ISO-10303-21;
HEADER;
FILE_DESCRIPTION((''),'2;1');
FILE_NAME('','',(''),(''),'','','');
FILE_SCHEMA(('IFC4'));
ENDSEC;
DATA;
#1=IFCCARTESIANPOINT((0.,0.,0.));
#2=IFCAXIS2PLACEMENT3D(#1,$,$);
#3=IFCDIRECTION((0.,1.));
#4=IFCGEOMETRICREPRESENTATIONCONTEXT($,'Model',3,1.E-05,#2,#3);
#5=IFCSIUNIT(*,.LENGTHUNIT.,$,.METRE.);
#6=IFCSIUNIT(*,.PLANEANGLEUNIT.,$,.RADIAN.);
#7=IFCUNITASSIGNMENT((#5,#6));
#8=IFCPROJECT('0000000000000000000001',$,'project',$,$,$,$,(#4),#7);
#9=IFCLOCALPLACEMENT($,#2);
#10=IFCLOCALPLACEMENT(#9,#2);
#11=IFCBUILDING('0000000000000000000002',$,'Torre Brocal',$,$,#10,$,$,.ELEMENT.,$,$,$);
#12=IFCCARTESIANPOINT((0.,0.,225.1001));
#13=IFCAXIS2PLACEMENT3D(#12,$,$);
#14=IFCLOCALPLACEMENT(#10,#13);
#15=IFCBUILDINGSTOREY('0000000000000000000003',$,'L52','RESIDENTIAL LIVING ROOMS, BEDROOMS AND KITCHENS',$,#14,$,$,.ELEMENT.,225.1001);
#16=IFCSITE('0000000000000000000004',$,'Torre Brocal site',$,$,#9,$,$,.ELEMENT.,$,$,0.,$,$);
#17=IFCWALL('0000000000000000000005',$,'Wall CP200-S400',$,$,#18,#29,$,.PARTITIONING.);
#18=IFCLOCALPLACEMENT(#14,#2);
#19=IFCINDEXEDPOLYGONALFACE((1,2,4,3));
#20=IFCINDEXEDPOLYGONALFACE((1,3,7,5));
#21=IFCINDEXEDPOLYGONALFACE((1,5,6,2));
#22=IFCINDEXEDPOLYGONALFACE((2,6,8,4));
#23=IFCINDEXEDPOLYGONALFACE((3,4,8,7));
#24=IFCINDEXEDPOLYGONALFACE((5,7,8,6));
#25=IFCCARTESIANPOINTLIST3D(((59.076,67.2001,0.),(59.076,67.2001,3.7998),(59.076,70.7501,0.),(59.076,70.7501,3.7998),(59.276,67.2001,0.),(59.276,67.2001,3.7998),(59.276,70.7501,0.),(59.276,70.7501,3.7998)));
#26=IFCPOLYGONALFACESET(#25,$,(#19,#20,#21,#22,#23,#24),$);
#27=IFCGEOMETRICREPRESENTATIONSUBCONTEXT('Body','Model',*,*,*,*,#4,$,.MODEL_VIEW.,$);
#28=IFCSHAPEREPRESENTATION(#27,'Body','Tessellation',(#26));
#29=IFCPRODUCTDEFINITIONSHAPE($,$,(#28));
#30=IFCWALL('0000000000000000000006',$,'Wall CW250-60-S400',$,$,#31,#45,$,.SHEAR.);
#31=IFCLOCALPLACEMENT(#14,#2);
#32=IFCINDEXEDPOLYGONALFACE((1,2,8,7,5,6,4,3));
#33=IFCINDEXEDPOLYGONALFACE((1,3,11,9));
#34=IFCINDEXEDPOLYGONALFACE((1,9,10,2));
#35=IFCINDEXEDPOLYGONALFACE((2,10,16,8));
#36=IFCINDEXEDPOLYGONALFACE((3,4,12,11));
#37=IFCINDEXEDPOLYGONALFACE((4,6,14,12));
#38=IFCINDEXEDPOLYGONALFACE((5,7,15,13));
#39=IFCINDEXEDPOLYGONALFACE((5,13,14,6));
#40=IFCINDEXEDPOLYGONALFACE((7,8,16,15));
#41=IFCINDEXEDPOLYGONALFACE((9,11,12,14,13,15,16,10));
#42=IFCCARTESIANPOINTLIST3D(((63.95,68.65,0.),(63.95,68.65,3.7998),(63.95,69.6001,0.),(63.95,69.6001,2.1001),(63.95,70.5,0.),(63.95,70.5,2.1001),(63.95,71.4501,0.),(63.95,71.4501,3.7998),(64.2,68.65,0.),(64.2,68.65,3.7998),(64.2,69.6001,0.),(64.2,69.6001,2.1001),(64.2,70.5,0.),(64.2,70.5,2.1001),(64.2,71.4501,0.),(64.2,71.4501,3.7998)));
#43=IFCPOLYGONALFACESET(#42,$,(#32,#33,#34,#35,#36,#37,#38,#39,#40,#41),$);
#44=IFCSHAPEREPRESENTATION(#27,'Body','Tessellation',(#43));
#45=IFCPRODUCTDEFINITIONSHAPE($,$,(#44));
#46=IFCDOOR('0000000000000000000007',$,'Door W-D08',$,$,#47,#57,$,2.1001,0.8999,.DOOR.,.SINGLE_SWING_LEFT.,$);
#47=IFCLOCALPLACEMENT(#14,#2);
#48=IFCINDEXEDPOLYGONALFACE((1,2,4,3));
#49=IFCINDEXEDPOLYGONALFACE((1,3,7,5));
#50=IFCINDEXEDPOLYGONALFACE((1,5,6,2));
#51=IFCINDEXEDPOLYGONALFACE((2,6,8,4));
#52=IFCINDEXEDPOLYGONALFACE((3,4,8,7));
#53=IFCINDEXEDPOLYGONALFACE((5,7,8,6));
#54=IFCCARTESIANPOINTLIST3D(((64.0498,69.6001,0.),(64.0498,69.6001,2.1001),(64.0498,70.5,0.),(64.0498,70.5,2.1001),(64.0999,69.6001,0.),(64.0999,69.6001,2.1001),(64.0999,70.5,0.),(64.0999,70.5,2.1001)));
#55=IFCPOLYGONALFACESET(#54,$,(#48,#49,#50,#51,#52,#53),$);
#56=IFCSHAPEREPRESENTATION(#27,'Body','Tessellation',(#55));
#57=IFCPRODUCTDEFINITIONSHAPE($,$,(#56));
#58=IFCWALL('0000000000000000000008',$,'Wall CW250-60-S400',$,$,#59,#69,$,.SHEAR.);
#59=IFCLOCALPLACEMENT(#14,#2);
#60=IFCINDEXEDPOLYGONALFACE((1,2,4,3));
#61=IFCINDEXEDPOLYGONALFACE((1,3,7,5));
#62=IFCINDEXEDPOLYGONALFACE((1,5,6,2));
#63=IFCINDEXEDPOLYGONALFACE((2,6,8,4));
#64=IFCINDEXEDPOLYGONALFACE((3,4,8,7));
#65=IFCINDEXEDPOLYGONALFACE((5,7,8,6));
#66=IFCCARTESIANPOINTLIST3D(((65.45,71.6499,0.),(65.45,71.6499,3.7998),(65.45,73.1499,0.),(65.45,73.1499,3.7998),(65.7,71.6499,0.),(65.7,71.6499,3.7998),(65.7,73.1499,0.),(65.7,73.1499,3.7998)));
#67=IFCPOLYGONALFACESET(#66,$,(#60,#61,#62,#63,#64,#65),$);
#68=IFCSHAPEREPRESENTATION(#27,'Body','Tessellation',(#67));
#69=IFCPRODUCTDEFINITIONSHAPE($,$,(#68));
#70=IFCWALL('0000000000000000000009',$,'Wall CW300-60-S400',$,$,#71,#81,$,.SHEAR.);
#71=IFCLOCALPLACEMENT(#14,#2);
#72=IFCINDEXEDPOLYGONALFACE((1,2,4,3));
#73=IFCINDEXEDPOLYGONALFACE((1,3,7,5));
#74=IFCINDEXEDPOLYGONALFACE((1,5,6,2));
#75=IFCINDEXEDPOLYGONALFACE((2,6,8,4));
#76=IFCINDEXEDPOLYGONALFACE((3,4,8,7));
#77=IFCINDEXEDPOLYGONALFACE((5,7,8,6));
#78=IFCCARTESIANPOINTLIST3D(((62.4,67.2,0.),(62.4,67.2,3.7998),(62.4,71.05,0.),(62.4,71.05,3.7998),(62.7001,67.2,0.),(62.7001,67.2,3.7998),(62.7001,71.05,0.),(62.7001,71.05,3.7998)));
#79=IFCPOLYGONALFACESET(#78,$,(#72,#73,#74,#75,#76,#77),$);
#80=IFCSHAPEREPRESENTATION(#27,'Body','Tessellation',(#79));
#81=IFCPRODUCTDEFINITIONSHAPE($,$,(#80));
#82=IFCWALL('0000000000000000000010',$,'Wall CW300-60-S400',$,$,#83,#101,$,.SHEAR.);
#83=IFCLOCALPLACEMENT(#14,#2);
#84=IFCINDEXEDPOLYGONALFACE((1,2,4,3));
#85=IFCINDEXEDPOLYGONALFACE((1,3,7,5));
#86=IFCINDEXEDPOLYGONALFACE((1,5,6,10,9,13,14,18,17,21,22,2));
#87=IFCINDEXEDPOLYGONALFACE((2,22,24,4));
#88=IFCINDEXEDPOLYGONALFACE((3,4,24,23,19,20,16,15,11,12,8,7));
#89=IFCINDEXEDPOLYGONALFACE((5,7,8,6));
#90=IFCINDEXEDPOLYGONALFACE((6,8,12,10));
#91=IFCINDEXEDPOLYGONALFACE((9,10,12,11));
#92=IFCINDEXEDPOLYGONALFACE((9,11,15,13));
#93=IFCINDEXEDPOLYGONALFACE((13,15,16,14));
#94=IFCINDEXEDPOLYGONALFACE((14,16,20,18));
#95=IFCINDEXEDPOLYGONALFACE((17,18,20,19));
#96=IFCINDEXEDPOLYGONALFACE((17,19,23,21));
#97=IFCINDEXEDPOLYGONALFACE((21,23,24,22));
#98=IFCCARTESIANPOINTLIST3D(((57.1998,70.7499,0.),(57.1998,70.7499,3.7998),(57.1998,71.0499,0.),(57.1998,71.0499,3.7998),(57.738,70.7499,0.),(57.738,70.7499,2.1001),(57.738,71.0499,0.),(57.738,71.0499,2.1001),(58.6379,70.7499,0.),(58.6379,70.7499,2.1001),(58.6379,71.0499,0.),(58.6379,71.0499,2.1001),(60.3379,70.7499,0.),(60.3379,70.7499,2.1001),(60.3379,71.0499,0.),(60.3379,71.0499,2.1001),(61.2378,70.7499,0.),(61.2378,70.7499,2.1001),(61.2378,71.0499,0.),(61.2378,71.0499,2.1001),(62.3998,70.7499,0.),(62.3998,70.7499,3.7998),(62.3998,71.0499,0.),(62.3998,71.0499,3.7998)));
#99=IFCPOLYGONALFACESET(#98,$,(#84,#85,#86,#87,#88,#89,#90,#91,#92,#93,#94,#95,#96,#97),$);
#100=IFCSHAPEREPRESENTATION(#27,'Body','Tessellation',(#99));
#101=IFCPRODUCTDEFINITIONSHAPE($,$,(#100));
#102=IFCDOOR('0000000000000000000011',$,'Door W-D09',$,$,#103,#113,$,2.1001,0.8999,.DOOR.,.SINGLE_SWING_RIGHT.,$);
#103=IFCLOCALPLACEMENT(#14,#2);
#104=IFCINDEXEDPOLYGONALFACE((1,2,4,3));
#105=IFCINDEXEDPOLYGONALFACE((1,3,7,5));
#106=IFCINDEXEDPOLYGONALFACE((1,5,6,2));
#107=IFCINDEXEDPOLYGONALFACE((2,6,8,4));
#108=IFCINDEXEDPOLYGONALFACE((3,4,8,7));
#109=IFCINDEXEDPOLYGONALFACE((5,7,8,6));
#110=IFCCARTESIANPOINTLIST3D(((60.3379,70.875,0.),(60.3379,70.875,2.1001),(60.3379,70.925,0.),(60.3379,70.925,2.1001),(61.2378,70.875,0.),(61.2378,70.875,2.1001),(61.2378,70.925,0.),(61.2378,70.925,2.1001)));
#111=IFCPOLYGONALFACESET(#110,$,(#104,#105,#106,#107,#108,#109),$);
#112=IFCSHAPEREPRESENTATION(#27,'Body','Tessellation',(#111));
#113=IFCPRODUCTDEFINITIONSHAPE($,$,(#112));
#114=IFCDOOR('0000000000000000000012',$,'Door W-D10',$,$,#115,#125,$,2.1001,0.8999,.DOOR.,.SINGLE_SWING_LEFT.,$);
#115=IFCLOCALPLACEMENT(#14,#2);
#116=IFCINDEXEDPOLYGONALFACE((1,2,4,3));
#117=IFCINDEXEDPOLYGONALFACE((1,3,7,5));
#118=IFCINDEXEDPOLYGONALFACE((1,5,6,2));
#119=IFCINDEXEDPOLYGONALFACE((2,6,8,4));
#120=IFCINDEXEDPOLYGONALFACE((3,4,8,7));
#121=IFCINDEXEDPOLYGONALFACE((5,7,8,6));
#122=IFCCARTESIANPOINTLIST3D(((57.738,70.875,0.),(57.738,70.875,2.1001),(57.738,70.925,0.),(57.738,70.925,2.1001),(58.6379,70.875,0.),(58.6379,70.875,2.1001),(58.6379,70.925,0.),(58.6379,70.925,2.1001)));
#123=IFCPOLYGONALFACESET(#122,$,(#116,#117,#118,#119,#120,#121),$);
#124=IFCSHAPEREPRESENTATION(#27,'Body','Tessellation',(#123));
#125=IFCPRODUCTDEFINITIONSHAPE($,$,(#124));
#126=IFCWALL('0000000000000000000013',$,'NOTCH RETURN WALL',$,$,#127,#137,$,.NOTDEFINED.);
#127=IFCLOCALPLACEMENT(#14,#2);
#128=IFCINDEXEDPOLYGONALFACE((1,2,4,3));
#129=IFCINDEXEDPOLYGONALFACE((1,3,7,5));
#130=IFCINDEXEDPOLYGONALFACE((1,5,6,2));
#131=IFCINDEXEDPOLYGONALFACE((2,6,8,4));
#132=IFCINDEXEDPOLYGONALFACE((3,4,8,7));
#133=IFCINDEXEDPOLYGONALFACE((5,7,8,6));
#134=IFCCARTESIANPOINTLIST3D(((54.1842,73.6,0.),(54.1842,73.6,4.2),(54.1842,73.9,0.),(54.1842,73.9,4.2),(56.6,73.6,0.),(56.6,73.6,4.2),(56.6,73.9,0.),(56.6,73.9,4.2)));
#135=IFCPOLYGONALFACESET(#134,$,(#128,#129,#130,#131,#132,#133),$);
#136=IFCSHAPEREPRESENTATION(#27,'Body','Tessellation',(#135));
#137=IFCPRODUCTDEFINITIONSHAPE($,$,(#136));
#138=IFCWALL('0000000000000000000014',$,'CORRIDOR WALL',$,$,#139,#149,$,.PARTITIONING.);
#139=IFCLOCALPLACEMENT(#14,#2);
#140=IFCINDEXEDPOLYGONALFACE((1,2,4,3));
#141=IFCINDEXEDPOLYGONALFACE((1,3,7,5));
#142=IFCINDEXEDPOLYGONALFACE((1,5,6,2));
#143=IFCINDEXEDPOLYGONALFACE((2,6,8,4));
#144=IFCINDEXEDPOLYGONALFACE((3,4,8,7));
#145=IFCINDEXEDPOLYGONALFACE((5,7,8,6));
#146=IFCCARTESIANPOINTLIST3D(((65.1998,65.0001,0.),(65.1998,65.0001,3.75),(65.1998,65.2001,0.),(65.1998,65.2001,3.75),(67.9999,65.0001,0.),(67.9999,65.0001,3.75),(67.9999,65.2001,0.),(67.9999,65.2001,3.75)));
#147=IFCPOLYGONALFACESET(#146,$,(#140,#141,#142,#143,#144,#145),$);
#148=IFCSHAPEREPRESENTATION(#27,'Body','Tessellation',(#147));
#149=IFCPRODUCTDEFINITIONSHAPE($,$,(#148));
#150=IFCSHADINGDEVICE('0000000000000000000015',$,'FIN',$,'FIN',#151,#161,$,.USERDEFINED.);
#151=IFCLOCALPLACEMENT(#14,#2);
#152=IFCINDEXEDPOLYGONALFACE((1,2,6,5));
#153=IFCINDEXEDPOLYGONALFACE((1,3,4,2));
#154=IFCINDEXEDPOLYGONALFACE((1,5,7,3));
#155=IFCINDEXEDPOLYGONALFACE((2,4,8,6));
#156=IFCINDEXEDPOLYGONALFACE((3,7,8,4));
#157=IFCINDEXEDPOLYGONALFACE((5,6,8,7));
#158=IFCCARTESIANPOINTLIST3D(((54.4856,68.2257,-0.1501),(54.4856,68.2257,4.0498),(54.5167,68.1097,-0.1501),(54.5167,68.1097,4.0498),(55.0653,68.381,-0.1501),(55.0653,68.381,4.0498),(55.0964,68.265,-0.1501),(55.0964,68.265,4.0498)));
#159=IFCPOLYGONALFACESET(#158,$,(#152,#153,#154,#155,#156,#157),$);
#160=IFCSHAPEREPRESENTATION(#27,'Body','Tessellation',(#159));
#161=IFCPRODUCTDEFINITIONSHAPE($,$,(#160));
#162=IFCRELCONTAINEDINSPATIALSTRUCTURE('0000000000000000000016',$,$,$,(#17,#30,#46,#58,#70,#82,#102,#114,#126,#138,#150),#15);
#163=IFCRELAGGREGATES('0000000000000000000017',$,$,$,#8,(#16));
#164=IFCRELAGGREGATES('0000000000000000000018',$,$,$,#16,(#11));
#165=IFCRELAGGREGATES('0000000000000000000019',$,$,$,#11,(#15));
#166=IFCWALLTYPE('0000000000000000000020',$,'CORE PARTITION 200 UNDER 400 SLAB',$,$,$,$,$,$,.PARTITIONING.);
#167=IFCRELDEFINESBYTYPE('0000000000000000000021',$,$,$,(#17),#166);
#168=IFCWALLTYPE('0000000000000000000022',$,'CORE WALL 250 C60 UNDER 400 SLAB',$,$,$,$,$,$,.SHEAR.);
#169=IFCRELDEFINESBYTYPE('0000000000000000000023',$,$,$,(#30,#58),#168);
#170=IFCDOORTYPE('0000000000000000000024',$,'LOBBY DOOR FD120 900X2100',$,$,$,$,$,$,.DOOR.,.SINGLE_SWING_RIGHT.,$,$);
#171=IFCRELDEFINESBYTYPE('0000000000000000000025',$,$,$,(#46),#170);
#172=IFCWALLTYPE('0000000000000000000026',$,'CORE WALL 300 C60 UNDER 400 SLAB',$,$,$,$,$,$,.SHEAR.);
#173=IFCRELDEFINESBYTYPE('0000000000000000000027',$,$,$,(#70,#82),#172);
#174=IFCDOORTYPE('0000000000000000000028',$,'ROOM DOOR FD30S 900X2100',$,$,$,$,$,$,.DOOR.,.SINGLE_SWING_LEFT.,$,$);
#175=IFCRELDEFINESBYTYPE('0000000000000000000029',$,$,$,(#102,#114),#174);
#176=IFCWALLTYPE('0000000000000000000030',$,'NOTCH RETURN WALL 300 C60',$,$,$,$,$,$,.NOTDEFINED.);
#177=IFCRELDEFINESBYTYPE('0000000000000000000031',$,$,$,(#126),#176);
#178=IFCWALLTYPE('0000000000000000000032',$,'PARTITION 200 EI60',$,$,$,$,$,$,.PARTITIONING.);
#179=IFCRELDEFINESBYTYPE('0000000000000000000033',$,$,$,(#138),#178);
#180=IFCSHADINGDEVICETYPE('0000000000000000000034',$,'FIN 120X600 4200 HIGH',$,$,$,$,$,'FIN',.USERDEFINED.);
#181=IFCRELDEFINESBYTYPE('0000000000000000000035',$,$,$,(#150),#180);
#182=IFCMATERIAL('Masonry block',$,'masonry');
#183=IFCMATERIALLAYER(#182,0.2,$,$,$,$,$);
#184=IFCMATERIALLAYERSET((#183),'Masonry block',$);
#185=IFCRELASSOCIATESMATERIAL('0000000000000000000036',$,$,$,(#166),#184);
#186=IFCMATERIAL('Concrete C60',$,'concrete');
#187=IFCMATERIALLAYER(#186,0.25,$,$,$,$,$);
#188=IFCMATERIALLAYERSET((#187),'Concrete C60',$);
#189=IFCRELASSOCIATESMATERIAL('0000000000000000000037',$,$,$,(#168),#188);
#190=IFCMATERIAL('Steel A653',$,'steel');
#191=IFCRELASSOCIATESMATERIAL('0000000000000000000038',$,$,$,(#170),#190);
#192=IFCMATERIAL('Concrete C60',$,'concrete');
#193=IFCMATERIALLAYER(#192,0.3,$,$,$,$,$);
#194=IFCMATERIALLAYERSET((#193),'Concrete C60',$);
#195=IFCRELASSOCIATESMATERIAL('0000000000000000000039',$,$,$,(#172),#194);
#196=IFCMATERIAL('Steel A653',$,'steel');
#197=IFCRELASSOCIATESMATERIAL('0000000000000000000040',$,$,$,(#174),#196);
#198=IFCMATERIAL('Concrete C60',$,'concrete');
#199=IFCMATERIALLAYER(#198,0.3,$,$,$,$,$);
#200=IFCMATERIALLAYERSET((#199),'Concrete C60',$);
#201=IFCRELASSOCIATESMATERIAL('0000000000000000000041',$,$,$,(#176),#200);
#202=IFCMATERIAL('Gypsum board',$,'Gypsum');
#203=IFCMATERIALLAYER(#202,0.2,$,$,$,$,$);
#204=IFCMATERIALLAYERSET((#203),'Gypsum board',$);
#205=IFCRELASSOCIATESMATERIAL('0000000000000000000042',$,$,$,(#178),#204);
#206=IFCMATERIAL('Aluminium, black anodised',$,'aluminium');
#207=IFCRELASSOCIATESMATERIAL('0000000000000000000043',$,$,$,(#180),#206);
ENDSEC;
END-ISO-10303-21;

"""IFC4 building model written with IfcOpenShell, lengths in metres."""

from ifc_helpers import new_model, si_unit, direction, frame, frame_2d, origin, origin_2d, place, context, subcontext, project, spatial, rectangle, extrude, material, layer, layer_set, material_profile, profile_set, type_object, element, fill, save


model = new_model("IFC4")

# Units and contexts
model_context = context("Model", 3, precision=1e-05, world=origin(), true_north=direction((0.0, 1.0)))
body_context = subcontext(model_context, "Body", "Model", "MODEL_VIEW")
ifc_project = project(units=[si_unit("LENGTHUNIT", "METRE"), si_unit("PLANEANGLEUNIT", "RADIAN")], contexts=[model_context])

# Site, building, storey
site_placement = place(None, origin())
site = spatial("IfcSite", under=ifc_project, at=site_placement, Name="Torre Brocal site", CompositionType="ELEMENT", RefElevation=0.0)
building_placement = place(site_placement, origin())
building = spatial("IfcBuilding", under=site, at=building_placement, Name="Torre Brocal", CompositionType="ELEMENT")
storey_placement = place(building_placement, frame((0.0, 0.0, 225.1001)))
storey = spatial("IfcBuildingStorey", under=building, at=storey_placement, Name="L52", Description="RESIDENTIAL LIVING ROOMS, BEDROOMS AND KITCHENS", CompositionType="ELEMENT", Elevation=225.1001)

# Wall
ifc_material_1 = material(Name="Masonry block", Category="masonry")
ifc_layer_1 = layer(ifc_material_1, 0.2)
ifc_layer_set_1 = layer_set([ifc_layer_1], Name="Masonry block")
wall_type_1 = type_object("IfcWallType", Name="CORE PARTITION 200 UNDER 400 SLAB", PredefinedType="PARTITIONING", material=ifc_layer_set_1)
wall_1_placement = place(storey_placement, frame((59.176, 70.75, 0.0), z_axis=(0.0, 0.0, 1.0), x_axis=(0.0, -1.0, 0.0)))
element("IfcWall", 1, at=wall_1_placement, inside=storey, type_object=wall_type_1, Name="Wall CP200-S400", PredefinedType="PARTITIONING", context=body_context, shape_type="SweptSolid", body=[
    extrude(rectangle(XDim=3.55, YDim=0.2, at=frame_2d((1.7749, 0.0))), origin(), (0.0, 0.0, 1.0), 3.7998),
])

# Wall, opening, door
ifc_material_2 = material(Name="Concrete C60", Category="concrete")
ifc_layer_2 = layer(ifc_material_2, 0.25)
ifc_layer_set_2 = layer_set([ifc_layer_2], Name="Concrete C60")
wall_type_2 = type_object("IfcWallType", Name="CORE WALL 250 C60 UNDER 400 SLAB", PredefinedType="SHEAR", material=ifc_layer_set_2)
wall_2_placement = place(storey_placement, frame((64.075, 71.45, 0.0), z_axis=(0.0, 0.0, 1.0), x_axis=(0.0, -1.0, 0.0)))
wall_2 = element("IfcWall", 2, at=wall_2_placement, inside=storey, type_object=wall_type_2, Name="Wall CW250-60-S400", PredefinedType="SHEAR", context=body_context, shape_type="SweptSolid", body=[
    extrude(rectangle(XDim=2.8, YDim=0.25, at=frame_2d((1.3999, 0.0))), origin(), (0.0, 0.0, 1.0), 3.7998),
])
opening_1_placement = place(wall_2_placement, frame((0.95, 0.0, 0.0)))
opening_1 = element("IfcOpeningElement", 3, at=opening_1_placement, cuts=wall_2, PredefinedType="OPENING", context=body_context, shape_type="SweptSolid", body=[
    extrude(rectangle(XDim=0.8999, YDim=2.1001, at=frame_2d((0.45, 1.05))), frame((0.0, 0.135, 0.0), z_axis=(0.0, -1.0, 0.0), x_axis=(1.0, 0.0, 0.0)), (0.0, 0.0, 1.0), 0.27),
])
ifc_material_3 = material(Name="Steel A653", Category="steel")
door_type_1 = type_object("IfcDoorType", Name="LOBBY DOOR FD120 900X2100", OperationType="SINGLE_SWING_RIGHT", PredefinedType="DOOR", material=ifc_material_3)
door_1_placement = place(opening_1_placement, origin())
door_1 = element("IfcDoor", 4, at=door_1_placement, inside=storey, type_object=door_type_1, Name="Door W-D08", OperationType="SINGLE_SWING_LEFT", OverallHeight=2.1001, OverallWidth=0.8999, PredefinedType="DOOR", context=body_context, shape_type="SweptSolid", body=[
    extrude(rectangle(XDim=0.8999, YDim=2.1001, at=frame_2d((0.45, 1.05))), frame((0.0, 0.0249, 0.0), z_axis=(0.0, -1.0, 0.0), x_axis=(1.0, 0.0, 0.0)), (0.0, 0.0, 1.0), 0.05),
])
fill(opening_1, door_1)

# Walls
wall_3_placement = place(storey_placement, frame((65.575, 73.1499, 0.0), z_axis=(0.0, 0.0, 1.0), x_axis=(0.0, -1.0, 0.0)))
element("IfcWall", 5, at=wall_3_placement, inside=storey, type_object=wall_type_2, Name="Wall CW250-60-S400", PredefinedType="SHEAR", context=body_context, shape_type="SweptSolid", body=[
    extrude(rectangle(XDim=1.5, YDim=0.25, at=frame_2d((0.75, 0.0))), origin(), (0.0, 0.0, 1.0), 3.7998),
])
ifc_material_4 = material(Name="Concrete C60", Category="concrete")
ifc_layer_3 = layer(ifc_material_4, 0.3)
ifc_layer_set_3 = layer_set([ifc_layer_3], Name="Concrete C60")
wall_type_3 = type_object("IfcWallType", Name="CORE WALL 300 C60 UNDER 400 SLAB", PredefinedType="SHEAR", material=ifc_layer_set_3)
wall_4_placement = place(storey_placement, frame((62.55, 71.05, 0.0), z_axis=(0.0, 0.0, 1.0), x_axis=(0.0, -1.0, 0.0)))
element("IfcWall", 6, at=wall_4_placement, inside=storey, type_object=wall_type_3, Name="Wall CW300-60-S400", PredefinedType="SHEAR", context=body_context, shape_type="SweptSolid", body=[
    extrude(rectangle(XDim=3.8501, YDim=0.3, at=frame_2d((1.925, 0.0))), origin(), (0.0, 0.0, 1.0), 3.7998),
])

# Wall, openings, doors
wall_5_placement = place(storey_placement, frame((62.3999, 70.8999, 0.0), z_axis=(0.0, 0.0, 1.0), x_axis=(-1.0, 0.0, 0.0)))
wall_5 = element("IfcWall", 7, at=wall_5_placement, inside=storey, type_object=wall_type_3, Name="Wall CW300-60-S400", PredefinedType="SHEAR", context=body_context, shape_type="SweptSolid", body=[
    extrude(rectangle(XDim=5.2, YDim=0.3, at=frame_2d((2.6001, 0.0))), origin(), (0.0, 0.0, 1.0), 3.7998),
])
opening_2_placement = place(wall_5_placement, frame((1.1621, 0.0, 0.0)))
opening_2 = element("IfcOpeningElement", 8, at=opening_2_placement, cuts=wall_5, PredefinedType="OPENING", context=body_context, shape_type="SweptSolid", body=[
    extrude(rectangle(XDim=0.8999, YDim=2.1001, at=frame_2d((0.45, 1.05))), frame((0.0, 0.1599, 0.0), z_axis=(0.0, -1.0, 0.0), x_axis=(1.0, 0.0, 0.0)), (0.0, 0.0, 1.0), 0.3201),
])
opening_3_placement = place(wall_5_placement, frame((3.762, 0.0, 0.0)))
opening_3 = element("IfcOpeningElement", 9, at=opening_3_placement, cuts=wall_5, PredefinedType="OPENING", context=body_context, shape_type="SweptSolid", body=[
    extrude(rectangle(XDim=0.8999, YDim=2.1001, at=frame_2d((0.45, 1.05))), frame((0.0, 0.1599, 0.0), z_axis=(0.0, -1.0, 0.0), x_axis=(1.0, 0.0, 0.0)), (0.0, 0.0, 1.0), 0.3201),
])
ifc_material_5 = material(Name="Steel A653", Category="steel")
door_type_2 = type_object("IfcDoorType", Name="ROOM DOOR FD30S 900X2100", OperationType="SINGLE_SWING_LEFT", PredefinedType="DOOR", material=ifc_material_5)
door_2_placement = place(opening_2_placement, origin())
door_2 = element("IfcDoor", 10, at=door_2_placement, inside=storey, type_object=door_type_2, Name="Door W-D09", OperationType="SINGLE_SWING_RIGHT", OverallHeight=2.1001, OverallWidth=0.8999, PredefinedType="DOOR", context=body_context, shape_type="SweptSolid", body=[
    extrude(rectangle(XDim=0.8999, YDim=2.1001, at=frame_2d((0.45, 1.05))), frame((0.0, 0.0249, 0.0), z_axis=(0.0, -1.0, 0.0), x_axis=(1.0, 0.0, 0.0)), (0.0, 0.0, 1.0), 0.05),
])
fill(opening_2, door_2)
door_3_placement = place(opening_3_placement, origin())
door_3 = element("IfcDoor", 11, at=door_3_placement, inside=storey, type_object=door_type_2, Name="Door W-D10", OperationType="SINGLE_SWING_LEFT", OverallHeight=2.1001, OverallWidth=0.8999, PredefinedType="DOOR", context=body_context, shape_type="SweptSolid", body=[
    extrude(rectangle(XDim=0.8999, YDim=2.1001, at=frame_2d((0.45, 1.05))), frame((0.0, 0.0249, 0.0), z_axis=(0.0, -1.0, 0.0), x_axis=(1.0, 0.0, 0.0)), (0.0, 0.0, 1.0), 0.05),
])
fill(opening_3, door_3)

# Walls
ifc_material_6 = material(Name="Concrete C60", Category="concrete")
ifc_layer_4 = layer(ifc_material_6, 0.3)
ifc_layer_set_4 = layer_set([ifc_layer_4], Name="Concrete C60")
wall_type_4 = type_object("IfcWallType", Name="NOTCH RETURN WALL 300 C60", PredefinedType="NOTDEFINED", material=ifc_layer_set_4)
wall_6_placement = place(storey_placement, frame((56.6001, 73.75, 0.0), z_axis=(0.0, 0.0, 1.0), x_axis=(-1.0, 0.0, 0.0)))
element("IfcWall", 12, at=wall_6_placement, inside=storey, type_object=wall_type_4, Name="NOTCH RETURN WALL", PredefinedType="NOTDEFINED", context=body_context, shape_type="SweptSolid", body=[
    extrude(rectangle(XDim=2.4158, YDim=0.3, at=frame_2d((1.208, 0.0))), origin(), (0.0, 0.0, 1.0), 4.2),
])
ifc_material_7 = material(Name="Gypsum board", Category="Gypsum")
ifc_layer_5 = layer(ifc_material_7, 0.2)
ifc_layer_set_5 = layer_set([ifc_layer_5], Name="Gypsum board")
wall_type_5 = type_object("IfcWallType", Name="PARTITION 200 EI60", PredefinedType="PARTITIONING", material=ifc_layer_set_5)
wall_7_placement = place(storey_placement, frame((65.2, 65.1001, 0.0), z_axis=(0.0, 0.0, 1.0), x_axis=(1.0, 0.0, 0.0)))
element("IfcWall", 13, at=wall_7_placement, inside=storey, type_object=wall_type_5, Name="CORRIDOR WALL", PredefinedType="PARTITIONING", context=body_context, shape_type="SweptSolid", body=[
    extrude(rectangle(XDim=2.8, YDim=0.2, at=frame_2d((1.3999, 0.0))), origin(), (0.0, 0.0, 1.0), 3.75),
])

# Shading device
ifc_material_8 = material(Name="Aluminium, black anodised", Category="aluminium")
ifc_material_profile_1 = material_profile(ifc_material_8, rectangle(XDim=0.1201, YDim=0.6001, at=origin_2d()), Name="FIN 120X600 4200 HIGH")
ifc_profile_set_1 = profile_set([ifc_material_profile_1], Name="Aluminium, black anodised")
shading_device_type = type_object("IfcShadingDeviceType", Name="FIN 120X600 4200 HIGH", ElementType="FIN", PredefinedType="USERDEFINED", material=ifc_profile_set_1)
shading_device_placement = place(storey_placement, frame((54.791, 68.2454, -0.1501), z_axis=(0.0, 0.0, 1.0), x_axis=(0.258819, -0.965926, 0.0)))
element("IfcShadingDevice", 14, at=shading_device_placement, inside=storey, type_object=shading_device_type, Name="FIN", ObjectType="FIN", PredefinedType="USERDEFINED", context=body_context, shape_type="SweptSolid", body=[
    extrude(rectangle(XDim=0.1201, YDim=0.6001, at=origin_2d()), origin(), (0.0, 0.0, 1.0), 4.2),
])

save(model, "model.ifc")
